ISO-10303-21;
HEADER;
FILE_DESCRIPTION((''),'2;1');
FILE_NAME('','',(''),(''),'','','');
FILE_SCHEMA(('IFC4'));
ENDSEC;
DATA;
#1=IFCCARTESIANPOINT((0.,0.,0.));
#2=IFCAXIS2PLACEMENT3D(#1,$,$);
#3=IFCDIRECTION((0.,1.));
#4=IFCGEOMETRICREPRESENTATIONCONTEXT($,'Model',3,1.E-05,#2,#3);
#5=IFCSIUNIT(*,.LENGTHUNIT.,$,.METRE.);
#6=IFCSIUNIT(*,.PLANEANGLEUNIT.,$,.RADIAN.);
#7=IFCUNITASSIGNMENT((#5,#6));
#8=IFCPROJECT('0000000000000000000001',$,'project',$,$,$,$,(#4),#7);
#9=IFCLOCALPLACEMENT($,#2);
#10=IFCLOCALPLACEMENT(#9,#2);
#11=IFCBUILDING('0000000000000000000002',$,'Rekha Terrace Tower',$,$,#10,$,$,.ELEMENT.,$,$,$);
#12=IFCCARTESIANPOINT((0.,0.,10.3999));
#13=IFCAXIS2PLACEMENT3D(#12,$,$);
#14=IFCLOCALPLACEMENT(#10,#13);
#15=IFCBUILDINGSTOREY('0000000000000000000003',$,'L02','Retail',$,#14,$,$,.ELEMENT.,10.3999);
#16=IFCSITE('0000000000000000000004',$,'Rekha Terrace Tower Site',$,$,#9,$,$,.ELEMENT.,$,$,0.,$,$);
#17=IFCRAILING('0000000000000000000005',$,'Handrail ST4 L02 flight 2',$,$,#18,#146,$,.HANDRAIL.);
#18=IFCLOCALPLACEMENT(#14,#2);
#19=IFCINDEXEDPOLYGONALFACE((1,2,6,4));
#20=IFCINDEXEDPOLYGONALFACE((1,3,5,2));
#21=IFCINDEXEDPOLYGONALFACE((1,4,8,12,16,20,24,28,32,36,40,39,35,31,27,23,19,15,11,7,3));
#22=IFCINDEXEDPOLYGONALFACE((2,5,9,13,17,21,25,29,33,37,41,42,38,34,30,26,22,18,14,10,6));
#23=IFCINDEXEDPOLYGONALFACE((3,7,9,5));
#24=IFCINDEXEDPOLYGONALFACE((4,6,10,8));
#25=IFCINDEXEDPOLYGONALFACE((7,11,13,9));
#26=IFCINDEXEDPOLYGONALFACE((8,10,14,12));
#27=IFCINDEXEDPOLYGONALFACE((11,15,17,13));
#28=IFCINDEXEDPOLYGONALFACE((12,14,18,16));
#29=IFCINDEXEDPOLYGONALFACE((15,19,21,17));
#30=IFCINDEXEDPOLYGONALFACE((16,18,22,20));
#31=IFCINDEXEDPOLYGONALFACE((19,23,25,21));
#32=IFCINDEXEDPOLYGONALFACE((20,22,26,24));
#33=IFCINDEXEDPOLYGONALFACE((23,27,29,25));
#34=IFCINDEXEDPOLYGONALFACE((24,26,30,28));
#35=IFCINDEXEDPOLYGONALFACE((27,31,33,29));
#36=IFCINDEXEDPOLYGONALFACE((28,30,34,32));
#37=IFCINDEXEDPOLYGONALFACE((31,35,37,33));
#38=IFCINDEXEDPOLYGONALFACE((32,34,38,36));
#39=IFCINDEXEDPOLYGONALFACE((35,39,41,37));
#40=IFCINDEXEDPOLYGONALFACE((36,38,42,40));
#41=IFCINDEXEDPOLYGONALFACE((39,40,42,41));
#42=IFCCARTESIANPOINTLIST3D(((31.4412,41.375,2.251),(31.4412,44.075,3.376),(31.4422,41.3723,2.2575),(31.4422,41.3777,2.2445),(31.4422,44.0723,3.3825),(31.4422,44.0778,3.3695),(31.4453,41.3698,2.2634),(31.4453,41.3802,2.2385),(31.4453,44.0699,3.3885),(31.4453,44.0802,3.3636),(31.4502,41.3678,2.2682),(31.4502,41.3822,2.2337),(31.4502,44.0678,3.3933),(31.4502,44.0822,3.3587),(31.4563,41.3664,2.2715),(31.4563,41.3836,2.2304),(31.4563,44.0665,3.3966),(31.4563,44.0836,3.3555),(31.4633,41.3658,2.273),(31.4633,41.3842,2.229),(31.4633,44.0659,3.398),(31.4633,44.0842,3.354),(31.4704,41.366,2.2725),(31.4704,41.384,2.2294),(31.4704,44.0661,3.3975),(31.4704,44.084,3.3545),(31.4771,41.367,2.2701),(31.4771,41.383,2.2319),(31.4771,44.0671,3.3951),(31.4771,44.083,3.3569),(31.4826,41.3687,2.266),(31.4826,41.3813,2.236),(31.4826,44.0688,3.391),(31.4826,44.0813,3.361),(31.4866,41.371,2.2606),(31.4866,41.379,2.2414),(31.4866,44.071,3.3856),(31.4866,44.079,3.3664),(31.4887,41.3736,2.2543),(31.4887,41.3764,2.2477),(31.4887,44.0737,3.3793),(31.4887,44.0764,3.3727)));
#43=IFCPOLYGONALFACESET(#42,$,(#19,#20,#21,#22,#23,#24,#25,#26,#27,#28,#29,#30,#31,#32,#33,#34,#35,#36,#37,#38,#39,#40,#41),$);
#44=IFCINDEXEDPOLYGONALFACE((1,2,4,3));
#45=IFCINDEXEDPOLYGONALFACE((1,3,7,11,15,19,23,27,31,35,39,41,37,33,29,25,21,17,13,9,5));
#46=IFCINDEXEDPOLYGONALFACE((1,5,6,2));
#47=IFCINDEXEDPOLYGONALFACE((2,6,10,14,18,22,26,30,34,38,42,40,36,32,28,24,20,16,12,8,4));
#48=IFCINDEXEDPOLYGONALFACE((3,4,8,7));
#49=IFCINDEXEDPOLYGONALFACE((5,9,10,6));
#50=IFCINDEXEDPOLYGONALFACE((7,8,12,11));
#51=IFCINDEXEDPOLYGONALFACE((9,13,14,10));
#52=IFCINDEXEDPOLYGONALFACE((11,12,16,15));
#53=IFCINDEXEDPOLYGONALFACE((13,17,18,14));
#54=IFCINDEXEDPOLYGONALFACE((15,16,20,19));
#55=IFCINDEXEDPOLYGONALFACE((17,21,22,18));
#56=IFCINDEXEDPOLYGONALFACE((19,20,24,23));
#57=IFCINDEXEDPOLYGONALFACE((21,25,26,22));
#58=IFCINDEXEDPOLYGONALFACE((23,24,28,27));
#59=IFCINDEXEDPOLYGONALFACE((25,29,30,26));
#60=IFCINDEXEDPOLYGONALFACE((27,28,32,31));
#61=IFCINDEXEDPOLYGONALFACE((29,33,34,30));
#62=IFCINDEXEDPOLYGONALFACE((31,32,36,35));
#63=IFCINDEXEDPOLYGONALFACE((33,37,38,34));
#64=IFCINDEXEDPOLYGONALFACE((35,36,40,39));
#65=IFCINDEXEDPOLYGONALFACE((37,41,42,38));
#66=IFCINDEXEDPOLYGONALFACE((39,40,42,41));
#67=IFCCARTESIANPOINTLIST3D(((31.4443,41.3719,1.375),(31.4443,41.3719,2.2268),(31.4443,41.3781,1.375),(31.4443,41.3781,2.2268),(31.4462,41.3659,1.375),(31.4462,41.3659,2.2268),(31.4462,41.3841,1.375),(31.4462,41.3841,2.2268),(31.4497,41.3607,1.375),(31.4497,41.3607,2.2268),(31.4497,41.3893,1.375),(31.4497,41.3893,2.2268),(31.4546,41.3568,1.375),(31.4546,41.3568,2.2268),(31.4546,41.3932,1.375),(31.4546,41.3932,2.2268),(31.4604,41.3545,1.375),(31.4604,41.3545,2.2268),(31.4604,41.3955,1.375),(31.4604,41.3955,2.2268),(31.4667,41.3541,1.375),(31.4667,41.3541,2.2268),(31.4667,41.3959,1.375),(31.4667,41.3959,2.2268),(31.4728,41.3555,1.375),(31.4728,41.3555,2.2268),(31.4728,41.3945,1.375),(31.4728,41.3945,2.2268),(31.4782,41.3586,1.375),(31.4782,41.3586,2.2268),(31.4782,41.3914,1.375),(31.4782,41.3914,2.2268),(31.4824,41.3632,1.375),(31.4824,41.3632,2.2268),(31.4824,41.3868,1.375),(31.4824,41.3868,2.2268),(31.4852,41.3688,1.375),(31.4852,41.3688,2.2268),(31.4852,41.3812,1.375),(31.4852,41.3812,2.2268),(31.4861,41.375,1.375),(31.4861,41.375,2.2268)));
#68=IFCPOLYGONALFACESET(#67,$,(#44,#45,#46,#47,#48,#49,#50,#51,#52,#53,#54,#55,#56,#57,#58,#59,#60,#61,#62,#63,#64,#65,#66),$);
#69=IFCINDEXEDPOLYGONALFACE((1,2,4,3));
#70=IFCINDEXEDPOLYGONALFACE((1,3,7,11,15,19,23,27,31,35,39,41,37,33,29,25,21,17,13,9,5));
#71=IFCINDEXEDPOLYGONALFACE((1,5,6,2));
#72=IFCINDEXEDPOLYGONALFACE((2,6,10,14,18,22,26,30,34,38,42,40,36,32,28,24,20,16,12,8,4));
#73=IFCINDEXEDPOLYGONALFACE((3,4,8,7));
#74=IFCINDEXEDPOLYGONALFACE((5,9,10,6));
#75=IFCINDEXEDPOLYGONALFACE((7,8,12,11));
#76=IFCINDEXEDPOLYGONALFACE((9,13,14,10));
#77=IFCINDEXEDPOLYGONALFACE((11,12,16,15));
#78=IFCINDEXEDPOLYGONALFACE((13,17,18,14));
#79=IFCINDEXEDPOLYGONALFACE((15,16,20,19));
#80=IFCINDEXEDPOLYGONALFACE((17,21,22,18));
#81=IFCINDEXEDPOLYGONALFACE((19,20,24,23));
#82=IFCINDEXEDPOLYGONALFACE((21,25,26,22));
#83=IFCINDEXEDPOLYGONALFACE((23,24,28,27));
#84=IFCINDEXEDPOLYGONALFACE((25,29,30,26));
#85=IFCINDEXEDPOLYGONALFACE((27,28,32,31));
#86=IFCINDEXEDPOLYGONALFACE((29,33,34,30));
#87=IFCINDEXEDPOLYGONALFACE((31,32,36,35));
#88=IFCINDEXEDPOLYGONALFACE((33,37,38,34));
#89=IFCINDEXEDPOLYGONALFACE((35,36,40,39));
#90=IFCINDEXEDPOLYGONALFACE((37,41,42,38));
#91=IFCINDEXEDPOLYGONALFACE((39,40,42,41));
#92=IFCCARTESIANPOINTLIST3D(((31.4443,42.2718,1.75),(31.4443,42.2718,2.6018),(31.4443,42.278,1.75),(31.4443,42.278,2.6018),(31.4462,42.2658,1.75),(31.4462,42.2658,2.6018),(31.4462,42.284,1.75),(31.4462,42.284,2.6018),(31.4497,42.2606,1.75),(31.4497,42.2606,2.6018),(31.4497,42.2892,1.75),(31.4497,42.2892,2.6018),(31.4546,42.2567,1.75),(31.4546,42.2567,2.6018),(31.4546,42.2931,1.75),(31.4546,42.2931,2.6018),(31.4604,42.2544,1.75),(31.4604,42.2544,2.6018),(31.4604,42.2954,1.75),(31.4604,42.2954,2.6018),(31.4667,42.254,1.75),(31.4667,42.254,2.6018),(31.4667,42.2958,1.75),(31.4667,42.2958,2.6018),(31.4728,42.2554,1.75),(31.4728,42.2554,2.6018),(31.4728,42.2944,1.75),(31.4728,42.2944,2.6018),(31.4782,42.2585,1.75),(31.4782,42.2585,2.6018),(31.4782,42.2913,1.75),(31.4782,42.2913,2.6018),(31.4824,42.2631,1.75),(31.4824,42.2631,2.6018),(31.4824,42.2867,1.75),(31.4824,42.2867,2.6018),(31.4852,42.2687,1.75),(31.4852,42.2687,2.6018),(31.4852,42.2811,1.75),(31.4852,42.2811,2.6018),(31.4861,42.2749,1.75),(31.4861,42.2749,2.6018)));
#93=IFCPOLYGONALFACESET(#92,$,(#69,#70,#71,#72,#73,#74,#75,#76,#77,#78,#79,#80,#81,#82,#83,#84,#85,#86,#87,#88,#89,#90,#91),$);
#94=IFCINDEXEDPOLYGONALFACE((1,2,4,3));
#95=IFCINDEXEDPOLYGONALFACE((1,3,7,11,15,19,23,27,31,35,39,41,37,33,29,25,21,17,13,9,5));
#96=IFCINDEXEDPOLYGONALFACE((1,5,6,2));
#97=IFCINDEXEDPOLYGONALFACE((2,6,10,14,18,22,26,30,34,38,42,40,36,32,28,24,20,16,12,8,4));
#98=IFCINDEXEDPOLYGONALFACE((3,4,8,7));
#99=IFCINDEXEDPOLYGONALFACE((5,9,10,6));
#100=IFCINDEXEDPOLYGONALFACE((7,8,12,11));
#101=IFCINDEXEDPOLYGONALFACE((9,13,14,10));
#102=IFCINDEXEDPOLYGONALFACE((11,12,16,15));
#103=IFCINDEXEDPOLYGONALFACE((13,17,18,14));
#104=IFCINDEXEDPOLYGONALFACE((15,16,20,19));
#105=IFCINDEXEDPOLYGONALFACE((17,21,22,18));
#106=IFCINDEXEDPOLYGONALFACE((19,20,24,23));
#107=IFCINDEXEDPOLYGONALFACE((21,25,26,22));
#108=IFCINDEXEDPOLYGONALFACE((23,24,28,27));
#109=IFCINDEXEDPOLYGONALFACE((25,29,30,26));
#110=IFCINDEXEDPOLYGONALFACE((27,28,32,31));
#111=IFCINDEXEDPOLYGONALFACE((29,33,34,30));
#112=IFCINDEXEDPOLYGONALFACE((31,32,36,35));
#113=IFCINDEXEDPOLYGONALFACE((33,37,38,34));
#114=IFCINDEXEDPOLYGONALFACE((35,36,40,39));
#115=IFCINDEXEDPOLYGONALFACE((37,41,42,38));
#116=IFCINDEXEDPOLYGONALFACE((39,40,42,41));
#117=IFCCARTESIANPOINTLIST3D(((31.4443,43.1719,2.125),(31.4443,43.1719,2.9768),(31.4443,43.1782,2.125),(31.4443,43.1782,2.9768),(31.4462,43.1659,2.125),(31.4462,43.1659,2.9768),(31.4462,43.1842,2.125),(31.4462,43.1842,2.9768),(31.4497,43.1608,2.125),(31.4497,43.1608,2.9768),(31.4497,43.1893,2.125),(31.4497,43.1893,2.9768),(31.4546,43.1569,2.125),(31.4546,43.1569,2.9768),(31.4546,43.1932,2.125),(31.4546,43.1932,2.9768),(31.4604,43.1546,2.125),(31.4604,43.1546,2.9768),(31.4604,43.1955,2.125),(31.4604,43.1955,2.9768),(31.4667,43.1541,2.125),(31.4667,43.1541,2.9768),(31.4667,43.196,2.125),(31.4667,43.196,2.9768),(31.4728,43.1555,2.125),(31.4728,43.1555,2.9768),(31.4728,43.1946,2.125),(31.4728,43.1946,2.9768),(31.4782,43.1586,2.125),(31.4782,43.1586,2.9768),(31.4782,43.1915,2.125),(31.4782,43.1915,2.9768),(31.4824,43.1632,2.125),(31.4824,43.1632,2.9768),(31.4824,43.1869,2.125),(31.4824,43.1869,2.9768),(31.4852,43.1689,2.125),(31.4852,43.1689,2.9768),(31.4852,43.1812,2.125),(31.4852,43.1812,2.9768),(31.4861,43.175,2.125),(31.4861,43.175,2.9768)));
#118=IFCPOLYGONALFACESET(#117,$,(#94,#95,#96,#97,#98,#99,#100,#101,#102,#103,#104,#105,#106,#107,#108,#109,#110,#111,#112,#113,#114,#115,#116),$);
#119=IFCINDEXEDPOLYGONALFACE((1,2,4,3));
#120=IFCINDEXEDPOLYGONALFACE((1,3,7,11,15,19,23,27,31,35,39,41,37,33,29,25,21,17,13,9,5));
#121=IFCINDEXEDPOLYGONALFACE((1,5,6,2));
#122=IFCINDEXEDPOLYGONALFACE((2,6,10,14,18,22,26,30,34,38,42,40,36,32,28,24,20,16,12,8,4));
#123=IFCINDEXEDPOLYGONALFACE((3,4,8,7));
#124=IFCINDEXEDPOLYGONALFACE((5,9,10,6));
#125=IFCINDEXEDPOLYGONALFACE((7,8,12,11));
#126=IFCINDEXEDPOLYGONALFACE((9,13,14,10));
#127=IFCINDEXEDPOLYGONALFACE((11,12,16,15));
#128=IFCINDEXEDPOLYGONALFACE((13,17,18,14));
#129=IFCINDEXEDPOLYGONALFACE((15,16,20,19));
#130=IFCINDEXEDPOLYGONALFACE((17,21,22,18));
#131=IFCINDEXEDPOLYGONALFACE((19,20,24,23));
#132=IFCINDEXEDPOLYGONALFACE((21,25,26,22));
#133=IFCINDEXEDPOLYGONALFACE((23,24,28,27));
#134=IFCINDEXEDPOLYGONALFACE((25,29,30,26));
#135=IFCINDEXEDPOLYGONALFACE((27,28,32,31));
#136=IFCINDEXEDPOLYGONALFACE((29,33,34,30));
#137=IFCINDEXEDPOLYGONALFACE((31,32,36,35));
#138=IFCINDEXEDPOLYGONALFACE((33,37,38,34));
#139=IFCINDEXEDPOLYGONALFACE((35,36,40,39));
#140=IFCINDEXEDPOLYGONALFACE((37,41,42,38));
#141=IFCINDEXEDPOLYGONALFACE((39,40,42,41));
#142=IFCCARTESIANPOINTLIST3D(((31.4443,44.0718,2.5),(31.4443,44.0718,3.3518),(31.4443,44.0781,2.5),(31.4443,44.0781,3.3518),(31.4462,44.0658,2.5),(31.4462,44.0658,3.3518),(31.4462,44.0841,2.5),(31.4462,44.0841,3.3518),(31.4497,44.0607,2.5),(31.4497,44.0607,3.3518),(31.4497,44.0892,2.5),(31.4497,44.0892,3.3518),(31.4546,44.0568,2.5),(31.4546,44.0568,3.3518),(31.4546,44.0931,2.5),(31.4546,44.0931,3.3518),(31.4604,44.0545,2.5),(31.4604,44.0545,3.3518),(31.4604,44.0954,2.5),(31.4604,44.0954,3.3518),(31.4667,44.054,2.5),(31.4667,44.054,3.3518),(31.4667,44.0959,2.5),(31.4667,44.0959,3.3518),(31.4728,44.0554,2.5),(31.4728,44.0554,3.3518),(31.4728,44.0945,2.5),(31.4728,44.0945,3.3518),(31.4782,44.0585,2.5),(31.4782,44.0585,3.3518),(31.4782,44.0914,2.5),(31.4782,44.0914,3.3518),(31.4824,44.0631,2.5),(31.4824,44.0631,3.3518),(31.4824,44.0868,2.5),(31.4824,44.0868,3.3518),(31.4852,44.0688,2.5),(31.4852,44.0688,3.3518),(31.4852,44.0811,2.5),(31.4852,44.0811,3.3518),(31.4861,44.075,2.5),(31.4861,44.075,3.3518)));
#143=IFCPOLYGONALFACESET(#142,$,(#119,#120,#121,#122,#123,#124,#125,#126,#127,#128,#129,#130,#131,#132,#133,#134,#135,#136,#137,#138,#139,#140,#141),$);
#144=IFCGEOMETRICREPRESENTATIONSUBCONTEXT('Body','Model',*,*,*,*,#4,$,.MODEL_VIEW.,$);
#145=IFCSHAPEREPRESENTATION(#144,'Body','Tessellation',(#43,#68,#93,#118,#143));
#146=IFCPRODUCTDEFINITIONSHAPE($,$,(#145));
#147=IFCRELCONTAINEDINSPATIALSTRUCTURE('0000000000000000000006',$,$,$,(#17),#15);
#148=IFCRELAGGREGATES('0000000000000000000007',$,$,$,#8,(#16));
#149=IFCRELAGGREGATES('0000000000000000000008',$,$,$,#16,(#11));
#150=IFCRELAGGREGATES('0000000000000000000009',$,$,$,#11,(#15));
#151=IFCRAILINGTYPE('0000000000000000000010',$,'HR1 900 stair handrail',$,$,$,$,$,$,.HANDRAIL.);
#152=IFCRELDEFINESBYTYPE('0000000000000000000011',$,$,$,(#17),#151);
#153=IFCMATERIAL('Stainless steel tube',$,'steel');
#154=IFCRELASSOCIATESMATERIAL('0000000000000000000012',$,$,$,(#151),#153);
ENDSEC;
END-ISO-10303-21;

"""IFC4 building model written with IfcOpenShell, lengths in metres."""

from ifc_helpers import new_model, si_unit, direction, frame, origin, origin_2d, place, context, subcontext, project, spatial, circle, extrude, material, type_object, element, save


model = new_model("IFC4")

# Units and contexts
model_context = context("Model", 3, precision=1e-05, world=origin(), true_north=direction((0.0, 1.0)))
body_context = subcontext(model_context, "Body", "Model", "MODEL_VIEW")
ifc_project = project(units=[si_unit("LENGTHUNIT", "METRE"), si_unit("PLANEANGLEUNIT", "RADIAN")], contexts=[model_context])

# Site, building, storey
site_placement = place(None, origin())
site = spatial("IfcSite", under=ifc_project, at=site_placement, Name="Rekha Terrace Tower Site", CompositionType="ELEMENT", RefElevation=0.0)
building_placement = place(site_placement, origin())
building = spatial("IfcBuilding", under=site, at=building_placement, Name="Rekha Terrace Tower", CompositionType="ELEMENT")
storey_placement = place(building_placement, frame((0.0, 0.0, 10.3999)))
storey = spatial("IfcBuildingStorey", under=building, at=storey_placement, Name="L02", Description="Retail", CompositionType="ELEMENT", Elevation=10.3999)

# Railing
ifc_material_1 = material(Name="Stainless steel tube", Category="steel")
railing_type_1 = type_object("IfcRailingType", Name="HR1 900 stair handrail", PredefinedType="HANDRAIL", material=ifc_material_1)
railing_1_placement = place(storey_placement, frame((31.4651, 41.375, 1.375)))
element("IfcRailing", 1, at=railing_1_placement, inside=storey, type_object=railing_type_1, Name="Handrail ST4 L02 flight 2", PredefinedType="HANDRAIL", context=body_context, shape_type="SweptSolid", body=[
    extrude(circle(Radius=0.0239, at=origin_2d()), frame((0.0, 0.0, 0.876), z_axis=(0.0, 0.923074, 0.384621), x_axis=(-1.0, 0.0, 0.0)), (0.0, 0.0, 1.0), 2.925),
    extrude(circle(Radius=0.021, at=origin_2d()), origin(), (0.0, 0.0, 1.0), 0.8518),
    extrude(circle(Radius=0.021, at=origin_2d()), frame((0.0, 0.8999, 0.375)), (0.0, 0.0, 1.0), 0.8518),
    extrude(circle(Radius=0.021, at=origin_2d()), frame((0.0, 1.8, 0.75)), (0.0, 0.0, 1.0), 0.8518),
    extrude(circle(Radius=0.021, at=origin_2d()), frame((0.0, 2.7, 1.125)), (0.0, 0.0, 1.0), 0.8518),
])

save(model, "model.ifc")
